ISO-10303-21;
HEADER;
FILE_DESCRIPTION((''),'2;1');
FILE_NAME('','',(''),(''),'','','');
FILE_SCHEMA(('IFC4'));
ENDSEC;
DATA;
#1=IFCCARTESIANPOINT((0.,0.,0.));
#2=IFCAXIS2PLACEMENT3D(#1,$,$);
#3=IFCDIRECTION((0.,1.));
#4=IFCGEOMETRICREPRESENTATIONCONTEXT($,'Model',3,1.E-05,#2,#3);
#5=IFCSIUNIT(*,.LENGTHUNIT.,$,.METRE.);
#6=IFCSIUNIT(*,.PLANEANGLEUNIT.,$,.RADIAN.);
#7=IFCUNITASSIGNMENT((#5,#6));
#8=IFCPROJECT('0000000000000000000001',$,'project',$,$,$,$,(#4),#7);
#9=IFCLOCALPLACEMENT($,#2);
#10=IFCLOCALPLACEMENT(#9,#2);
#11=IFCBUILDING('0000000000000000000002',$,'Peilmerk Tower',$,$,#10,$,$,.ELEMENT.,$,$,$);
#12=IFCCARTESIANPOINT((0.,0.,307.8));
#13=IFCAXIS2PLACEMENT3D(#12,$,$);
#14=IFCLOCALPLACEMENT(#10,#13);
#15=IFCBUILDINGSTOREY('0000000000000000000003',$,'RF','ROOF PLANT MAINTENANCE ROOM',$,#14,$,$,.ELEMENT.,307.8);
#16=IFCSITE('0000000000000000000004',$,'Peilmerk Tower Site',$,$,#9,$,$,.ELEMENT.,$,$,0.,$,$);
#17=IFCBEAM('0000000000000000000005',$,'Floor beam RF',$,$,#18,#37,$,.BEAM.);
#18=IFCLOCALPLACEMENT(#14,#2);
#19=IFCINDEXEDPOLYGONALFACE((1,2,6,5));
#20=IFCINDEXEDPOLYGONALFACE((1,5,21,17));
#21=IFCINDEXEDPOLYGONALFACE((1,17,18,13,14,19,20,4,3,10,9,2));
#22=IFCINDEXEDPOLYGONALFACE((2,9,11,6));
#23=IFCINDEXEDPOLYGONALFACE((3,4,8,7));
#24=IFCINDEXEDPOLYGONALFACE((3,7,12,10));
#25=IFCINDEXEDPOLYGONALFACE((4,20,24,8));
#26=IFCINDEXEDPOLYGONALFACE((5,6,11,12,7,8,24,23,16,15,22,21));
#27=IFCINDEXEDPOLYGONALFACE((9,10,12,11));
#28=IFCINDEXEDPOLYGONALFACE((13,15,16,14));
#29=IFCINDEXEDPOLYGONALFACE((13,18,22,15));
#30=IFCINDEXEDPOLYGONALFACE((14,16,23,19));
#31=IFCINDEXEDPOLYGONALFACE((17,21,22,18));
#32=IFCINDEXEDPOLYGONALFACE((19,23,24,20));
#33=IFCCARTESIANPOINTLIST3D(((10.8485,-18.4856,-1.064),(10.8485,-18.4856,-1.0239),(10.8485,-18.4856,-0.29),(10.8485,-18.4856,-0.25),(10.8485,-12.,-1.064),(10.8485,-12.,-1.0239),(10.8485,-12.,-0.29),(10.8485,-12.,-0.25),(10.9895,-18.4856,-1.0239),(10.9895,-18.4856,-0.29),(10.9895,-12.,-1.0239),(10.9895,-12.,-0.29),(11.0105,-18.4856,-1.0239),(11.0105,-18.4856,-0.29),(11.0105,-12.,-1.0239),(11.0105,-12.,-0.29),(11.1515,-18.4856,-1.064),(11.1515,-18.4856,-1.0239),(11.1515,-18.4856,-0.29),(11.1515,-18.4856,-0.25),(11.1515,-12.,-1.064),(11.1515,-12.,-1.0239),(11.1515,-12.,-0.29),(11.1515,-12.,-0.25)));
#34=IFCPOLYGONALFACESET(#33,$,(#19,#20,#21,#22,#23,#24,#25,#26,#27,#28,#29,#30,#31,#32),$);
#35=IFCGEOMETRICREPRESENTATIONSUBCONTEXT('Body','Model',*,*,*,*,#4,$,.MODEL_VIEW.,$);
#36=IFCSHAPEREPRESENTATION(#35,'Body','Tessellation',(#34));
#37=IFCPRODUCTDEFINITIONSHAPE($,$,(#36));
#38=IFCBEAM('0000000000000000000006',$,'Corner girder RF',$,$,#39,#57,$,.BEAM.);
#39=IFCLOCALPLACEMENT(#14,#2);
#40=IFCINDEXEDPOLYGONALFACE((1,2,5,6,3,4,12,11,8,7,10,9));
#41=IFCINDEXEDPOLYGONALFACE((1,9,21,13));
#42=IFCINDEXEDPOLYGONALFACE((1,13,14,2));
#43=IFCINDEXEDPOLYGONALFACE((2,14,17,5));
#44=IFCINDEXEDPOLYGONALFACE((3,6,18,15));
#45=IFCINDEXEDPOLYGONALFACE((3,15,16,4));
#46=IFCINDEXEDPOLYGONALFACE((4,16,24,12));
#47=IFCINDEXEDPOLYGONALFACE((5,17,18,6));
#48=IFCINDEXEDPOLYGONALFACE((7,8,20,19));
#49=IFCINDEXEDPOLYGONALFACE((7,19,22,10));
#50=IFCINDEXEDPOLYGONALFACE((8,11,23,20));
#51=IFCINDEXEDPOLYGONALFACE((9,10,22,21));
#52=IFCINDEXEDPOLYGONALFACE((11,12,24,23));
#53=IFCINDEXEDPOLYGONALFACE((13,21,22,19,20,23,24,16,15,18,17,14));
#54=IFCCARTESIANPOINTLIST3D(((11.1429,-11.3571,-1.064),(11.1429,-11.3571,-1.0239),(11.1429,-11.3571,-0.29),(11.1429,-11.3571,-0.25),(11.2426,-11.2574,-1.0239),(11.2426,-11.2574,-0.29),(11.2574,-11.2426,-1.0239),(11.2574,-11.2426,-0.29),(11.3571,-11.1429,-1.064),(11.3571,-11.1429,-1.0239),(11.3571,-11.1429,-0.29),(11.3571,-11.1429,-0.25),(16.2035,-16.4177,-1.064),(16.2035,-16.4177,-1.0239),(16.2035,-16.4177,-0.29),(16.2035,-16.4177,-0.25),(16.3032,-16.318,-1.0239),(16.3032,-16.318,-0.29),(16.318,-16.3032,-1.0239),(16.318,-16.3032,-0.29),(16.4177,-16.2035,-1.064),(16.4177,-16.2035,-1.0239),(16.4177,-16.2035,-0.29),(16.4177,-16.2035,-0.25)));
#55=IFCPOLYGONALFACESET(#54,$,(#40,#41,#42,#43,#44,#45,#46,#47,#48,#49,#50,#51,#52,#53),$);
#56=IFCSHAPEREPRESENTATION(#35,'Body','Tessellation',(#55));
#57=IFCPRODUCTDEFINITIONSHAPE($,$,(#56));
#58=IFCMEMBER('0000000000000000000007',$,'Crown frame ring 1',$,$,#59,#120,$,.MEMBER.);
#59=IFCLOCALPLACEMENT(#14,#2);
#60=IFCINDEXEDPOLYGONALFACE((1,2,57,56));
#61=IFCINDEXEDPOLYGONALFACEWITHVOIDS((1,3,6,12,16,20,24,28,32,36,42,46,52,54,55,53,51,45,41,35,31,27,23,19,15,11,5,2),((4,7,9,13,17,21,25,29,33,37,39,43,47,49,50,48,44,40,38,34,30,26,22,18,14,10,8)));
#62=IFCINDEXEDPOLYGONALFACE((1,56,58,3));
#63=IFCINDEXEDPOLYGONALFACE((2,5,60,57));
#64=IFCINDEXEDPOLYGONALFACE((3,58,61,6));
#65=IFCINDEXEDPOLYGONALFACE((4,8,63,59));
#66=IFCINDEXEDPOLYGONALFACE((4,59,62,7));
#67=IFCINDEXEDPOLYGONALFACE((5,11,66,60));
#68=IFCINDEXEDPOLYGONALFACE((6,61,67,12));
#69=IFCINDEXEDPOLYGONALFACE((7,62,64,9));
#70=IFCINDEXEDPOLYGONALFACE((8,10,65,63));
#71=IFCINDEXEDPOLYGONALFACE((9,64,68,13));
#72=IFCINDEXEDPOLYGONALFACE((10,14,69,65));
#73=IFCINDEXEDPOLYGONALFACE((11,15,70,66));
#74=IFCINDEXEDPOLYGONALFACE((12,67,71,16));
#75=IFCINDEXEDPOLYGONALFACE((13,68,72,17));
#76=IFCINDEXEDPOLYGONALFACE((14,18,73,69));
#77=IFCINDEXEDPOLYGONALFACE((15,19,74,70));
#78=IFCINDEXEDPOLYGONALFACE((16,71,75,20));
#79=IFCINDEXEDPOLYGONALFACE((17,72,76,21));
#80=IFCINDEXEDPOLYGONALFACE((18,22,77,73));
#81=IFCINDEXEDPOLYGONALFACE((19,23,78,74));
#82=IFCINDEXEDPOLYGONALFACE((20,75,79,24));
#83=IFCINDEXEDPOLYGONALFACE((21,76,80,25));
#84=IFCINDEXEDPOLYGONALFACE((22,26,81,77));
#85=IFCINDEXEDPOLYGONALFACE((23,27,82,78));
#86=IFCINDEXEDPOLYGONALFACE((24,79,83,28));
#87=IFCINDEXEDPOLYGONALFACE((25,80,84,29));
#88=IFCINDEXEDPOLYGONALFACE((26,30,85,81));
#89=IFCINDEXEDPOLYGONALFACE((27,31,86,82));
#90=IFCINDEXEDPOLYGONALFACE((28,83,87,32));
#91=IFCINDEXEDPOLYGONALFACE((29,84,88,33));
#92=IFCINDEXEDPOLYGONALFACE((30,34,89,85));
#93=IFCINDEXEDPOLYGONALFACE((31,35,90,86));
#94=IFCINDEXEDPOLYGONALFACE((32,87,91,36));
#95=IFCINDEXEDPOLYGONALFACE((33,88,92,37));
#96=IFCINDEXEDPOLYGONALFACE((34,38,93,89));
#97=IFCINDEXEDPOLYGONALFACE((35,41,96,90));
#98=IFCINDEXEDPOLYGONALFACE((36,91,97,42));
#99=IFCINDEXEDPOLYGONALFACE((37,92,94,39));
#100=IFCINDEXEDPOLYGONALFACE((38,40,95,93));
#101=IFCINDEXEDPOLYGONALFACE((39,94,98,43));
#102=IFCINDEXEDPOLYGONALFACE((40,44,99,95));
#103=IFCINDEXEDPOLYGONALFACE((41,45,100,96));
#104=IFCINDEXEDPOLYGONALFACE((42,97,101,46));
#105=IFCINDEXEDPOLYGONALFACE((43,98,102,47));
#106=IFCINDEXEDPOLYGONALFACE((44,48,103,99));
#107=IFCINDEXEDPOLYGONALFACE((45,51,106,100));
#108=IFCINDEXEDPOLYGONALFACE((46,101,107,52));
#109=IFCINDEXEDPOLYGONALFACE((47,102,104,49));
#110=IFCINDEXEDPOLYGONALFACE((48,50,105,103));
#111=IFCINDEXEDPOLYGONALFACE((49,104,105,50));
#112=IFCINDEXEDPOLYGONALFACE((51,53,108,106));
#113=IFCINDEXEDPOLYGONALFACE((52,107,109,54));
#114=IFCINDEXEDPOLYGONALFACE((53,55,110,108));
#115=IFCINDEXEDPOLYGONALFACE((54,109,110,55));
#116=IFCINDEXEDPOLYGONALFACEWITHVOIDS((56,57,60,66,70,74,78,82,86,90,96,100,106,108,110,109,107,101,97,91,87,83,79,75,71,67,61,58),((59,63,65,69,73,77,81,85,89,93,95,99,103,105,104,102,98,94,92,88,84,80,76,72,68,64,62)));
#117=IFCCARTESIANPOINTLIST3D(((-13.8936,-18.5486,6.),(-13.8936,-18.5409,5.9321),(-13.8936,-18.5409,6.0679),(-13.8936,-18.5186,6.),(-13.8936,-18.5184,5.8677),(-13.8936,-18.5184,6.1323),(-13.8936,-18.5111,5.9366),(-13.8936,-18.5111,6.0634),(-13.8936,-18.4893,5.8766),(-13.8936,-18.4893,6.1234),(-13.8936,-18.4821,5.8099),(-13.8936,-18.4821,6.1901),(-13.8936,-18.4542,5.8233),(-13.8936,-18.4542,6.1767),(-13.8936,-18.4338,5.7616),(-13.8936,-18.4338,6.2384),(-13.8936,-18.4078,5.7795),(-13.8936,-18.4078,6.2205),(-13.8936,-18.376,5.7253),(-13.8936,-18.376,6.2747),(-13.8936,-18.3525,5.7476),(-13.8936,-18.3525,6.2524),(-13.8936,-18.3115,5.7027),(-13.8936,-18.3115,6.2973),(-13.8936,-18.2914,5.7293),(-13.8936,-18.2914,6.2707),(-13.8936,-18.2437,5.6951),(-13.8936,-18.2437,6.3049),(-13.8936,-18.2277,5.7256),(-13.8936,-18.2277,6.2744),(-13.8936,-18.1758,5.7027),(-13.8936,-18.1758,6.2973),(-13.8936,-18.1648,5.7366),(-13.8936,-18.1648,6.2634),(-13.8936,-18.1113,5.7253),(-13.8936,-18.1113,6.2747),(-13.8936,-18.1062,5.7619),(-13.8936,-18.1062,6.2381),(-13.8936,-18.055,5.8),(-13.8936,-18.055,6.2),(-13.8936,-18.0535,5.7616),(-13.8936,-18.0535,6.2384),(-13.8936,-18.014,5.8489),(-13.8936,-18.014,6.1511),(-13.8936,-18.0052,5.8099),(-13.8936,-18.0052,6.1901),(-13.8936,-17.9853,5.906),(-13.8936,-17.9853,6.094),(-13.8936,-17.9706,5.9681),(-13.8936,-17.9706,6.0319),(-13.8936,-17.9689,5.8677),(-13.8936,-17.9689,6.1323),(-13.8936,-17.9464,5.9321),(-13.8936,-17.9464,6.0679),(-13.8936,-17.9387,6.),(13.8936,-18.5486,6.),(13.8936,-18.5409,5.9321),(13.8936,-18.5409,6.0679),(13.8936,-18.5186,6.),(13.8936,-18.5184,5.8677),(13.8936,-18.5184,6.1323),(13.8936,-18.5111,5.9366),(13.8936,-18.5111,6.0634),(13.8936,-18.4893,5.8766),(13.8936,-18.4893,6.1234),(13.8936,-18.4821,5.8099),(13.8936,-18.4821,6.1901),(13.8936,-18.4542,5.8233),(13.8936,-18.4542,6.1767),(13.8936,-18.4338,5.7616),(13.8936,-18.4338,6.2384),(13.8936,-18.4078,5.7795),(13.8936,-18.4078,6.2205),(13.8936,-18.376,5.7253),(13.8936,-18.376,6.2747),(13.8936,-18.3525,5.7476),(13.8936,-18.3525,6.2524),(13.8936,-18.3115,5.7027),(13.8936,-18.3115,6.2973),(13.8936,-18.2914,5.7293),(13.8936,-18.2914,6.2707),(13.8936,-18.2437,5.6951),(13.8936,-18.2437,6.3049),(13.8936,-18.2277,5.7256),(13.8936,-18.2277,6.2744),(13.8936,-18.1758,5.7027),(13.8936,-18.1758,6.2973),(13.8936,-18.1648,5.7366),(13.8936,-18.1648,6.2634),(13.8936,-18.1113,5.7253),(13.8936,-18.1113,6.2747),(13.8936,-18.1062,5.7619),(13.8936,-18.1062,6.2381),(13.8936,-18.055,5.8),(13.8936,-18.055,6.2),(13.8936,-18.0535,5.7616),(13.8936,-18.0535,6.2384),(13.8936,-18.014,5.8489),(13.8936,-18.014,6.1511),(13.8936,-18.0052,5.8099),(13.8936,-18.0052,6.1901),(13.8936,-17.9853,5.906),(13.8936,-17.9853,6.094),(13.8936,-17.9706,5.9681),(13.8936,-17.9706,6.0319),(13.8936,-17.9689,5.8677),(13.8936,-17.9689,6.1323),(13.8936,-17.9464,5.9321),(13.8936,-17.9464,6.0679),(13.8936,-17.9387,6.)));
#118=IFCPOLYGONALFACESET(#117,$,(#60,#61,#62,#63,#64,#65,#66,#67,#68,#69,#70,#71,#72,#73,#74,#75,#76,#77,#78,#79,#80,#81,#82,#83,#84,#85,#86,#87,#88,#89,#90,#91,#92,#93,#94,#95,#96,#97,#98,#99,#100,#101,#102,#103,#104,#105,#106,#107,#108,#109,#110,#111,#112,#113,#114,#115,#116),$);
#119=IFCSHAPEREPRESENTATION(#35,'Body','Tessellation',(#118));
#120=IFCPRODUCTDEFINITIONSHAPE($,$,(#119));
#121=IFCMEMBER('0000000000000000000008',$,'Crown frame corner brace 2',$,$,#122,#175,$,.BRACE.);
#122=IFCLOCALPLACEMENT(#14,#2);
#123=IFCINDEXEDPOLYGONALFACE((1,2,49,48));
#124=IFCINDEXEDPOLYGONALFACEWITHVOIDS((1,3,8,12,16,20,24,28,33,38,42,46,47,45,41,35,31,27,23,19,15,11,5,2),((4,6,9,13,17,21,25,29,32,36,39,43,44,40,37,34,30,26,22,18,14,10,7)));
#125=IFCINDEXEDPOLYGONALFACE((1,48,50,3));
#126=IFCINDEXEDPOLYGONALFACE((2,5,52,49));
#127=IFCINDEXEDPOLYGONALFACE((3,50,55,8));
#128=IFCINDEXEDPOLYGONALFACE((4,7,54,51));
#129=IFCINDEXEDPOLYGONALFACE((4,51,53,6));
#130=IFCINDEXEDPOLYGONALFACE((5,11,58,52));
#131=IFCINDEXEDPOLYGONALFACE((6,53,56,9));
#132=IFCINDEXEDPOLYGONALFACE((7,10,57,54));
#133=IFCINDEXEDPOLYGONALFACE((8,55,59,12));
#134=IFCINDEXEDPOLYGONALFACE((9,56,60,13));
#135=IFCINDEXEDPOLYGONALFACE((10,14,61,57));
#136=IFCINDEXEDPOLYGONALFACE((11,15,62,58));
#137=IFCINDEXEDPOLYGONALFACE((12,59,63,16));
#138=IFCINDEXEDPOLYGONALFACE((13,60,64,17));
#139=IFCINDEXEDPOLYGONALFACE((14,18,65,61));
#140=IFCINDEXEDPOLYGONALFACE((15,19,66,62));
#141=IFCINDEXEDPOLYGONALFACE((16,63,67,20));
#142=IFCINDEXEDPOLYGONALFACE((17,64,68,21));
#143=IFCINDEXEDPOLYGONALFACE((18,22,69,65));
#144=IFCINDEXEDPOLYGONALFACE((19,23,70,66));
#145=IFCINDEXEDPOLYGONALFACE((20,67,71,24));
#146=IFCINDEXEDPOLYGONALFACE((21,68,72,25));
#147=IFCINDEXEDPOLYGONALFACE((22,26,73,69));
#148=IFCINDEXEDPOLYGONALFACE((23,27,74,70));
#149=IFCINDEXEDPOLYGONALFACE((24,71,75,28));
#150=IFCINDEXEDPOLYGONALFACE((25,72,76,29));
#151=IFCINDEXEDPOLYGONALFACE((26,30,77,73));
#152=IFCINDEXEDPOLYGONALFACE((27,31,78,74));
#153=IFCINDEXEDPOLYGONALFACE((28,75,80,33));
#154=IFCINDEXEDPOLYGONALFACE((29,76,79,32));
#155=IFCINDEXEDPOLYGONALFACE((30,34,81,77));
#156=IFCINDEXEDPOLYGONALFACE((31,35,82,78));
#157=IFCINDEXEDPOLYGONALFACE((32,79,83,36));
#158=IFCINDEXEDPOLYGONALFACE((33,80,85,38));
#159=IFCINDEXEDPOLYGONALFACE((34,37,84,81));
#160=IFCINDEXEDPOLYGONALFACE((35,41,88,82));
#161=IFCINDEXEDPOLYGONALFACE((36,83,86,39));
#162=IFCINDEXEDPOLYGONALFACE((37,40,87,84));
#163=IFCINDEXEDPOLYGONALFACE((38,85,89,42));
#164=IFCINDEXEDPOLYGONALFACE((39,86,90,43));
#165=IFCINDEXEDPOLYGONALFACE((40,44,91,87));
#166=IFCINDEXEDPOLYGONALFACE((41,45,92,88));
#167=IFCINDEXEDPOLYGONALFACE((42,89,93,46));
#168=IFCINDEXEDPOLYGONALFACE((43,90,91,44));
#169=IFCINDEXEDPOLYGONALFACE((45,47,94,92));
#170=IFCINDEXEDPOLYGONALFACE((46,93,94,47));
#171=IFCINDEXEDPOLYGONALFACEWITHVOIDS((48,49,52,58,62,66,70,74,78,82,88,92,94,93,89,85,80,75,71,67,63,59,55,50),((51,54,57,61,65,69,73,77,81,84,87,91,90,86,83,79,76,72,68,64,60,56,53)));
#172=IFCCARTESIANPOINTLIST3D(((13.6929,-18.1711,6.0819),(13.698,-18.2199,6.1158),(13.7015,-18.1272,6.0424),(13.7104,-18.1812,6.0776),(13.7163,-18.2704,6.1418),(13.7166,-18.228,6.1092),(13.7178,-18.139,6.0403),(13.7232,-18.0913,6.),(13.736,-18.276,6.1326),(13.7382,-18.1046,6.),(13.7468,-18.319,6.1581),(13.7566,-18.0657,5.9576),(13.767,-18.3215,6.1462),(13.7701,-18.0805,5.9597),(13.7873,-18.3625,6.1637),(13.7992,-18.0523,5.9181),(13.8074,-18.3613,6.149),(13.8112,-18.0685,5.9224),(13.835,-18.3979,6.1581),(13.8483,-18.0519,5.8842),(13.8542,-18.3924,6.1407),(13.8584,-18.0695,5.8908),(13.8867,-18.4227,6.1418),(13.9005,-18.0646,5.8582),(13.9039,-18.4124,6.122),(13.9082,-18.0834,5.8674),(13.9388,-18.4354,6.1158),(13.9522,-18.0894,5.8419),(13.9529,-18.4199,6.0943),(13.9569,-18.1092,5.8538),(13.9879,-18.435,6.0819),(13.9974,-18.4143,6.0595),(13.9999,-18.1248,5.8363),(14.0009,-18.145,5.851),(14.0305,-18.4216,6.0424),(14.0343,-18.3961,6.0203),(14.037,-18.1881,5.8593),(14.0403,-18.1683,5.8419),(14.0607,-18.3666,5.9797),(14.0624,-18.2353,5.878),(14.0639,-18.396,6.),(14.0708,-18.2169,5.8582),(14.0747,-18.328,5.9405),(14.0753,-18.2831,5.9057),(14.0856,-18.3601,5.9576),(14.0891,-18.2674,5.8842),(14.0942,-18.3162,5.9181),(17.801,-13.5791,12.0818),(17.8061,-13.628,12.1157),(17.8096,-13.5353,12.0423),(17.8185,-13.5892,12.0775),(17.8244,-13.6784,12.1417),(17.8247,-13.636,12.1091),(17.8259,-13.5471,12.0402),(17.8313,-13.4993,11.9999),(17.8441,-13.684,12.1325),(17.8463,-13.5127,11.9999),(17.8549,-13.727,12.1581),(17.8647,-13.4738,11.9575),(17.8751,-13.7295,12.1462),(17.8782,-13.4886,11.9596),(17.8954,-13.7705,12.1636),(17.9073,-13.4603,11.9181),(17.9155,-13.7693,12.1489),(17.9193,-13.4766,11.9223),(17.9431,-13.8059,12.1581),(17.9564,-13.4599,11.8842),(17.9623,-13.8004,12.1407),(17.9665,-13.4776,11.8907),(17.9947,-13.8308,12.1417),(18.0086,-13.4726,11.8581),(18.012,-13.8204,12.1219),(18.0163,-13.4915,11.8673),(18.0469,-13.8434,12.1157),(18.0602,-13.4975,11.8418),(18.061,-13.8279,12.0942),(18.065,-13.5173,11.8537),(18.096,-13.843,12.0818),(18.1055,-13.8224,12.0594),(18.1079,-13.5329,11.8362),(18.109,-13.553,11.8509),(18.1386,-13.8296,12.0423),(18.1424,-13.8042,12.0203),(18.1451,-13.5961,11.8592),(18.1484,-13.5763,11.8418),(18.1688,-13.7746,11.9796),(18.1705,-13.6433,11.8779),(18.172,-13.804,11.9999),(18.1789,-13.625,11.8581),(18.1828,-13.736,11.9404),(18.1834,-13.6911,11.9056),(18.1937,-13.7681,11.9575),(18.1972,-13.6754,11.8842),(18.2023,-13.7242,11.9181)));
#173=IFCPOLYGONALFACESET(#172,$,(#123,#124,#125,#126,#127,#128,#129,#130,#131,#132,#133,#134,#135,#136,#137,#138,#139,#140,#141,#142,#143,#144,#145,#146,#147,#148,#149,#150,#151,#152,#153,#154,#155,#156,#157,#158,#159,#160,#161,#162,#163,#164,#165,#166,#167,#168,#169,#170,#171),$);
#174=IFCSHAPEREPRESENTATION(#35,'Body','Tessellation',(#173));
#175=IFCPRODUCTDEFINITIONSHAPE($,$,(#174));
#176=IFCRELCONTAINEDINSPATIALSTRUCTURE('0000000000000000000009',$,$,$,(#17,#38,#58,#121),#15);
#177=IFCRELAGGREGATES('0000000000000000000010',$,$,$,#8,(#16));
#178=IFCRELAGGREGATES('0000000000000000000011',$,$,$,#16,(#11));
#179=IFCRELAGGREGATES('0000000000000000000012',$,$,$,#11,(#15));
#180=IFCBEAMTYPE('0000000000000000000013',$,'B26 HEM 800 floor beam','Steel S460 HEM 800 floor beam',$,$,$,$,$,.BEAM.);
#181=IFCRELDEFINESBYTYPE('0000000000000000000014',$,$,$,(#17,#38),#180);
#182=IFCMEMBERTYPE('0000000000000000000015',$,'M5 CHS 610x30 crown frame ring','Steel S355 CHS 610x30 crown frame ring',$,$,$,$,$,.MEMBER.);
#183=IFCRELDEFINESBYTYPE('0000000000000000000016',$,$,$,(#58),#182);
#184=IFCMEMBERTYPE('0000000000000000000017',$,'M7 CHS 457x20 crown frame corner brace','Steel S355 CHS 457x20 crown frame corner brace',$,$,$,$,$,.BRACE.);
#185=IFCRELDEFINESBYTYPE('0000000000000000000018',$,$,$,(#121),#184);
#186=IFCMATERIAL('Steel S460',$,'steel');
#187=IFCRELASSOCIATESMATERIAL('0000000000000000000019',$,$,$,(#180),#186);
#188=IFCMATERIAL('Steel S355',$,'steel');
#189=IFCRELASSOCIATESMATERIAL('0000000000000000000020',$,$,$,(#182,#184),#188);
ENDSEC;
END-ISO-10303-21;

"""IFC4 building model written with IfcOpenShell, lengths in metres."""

from ifc_helpers import new_model, si_unit, direction, frame, origin, origin_2d, place, context, subcontext, project, spatial, hollow_circle, i_section, extrude, material, material_profile, profile_set, type_object, element, save


model = new_model("IFC4")

# Units and contexts
model_context = context("Model", 3, precision=1e-05, world=origin(), true_north=direction((0.0, 1.0)))
body_context = subcontext(model_context, "Body", "Model", "MODEL_VIEW")
ifc_project = project(units=[si_unit("LENGTHUNIT", "METRE"), si_unit("PLANEANGLEUNIT", "RADIAN")], contexts=[model_context])

# Site, building, storey
site_placement = place(None, origin())
site = spatial("IfcSite", under=ifc_project, at=site_placement, Name="Peilmerk Tower Site", CompositionType="ELEMENT", RefElevation=0.0)
building_placement = place(site_placement, origin())
building = spatial("IfcBuilding", under=site, at=building_placement, Name="Peilmerk Tower", CompositionType="ELEMENT")
storey_placement = place(building_placement, frame((0.0, 0.0, 307.8)))
storey = spatial("IfcBuildingStorey", under=building, at=storey_placement, Name="RF", Description="ROOF PLANT MAINTENANCE ROOM", CompositionType="ELEMENT", Elevation=307.8)

# Shared definitions
ifc_material_1 = material(Name="Steel S355", Category="steel")

# Beams
ifc_material_2 = material(Name="Steel S460", Category="steel")
ifc_material_profile_1 = material_profile(ifc_material_2, i_section(OverallWidth=0.303, OverallDepth=0.814, WebThickness=0.021, FlangeThickness=0.04, at=origin_2d()), Name="HEM 800")
ifc_profile_set_1 = profile_set([ifc_material_profile_1], Name="Steel S460")
beam_type_1 = type_object("IfcBeamType", Name="B26 HEM 800 floor beam", Description="Steel S460 HEM 800 floor beam", PredefinedType="BEAM", material=ifc_profile_set_1)
for number, where, z_axis, x_axis, name in (
    (1, (11.0, -12.0, -0.657), (0.0, -1.0, 0.0), (1.0, 0.0, 0.0), "Floor beam RF"),
):
    element("IfcBeam", number, at=place(storey_placement, frame(where, z_axis=z_axis, x_axis=x_axis)), inside=storey, type_object=beam_type_1, Name=name, PredefinedType="BEAM", context=body_context, shape_type="SweptSolid", body=[
        extrude(i_section(OverallWidth=0.303, OverallDepth=0.814, WebThickness=0.021, FlangeThickness=0.04, at=origin_2d()), origin(), (0.0, 0.0, 1.0), 6.4856),
    ])
beam_1_placement = place(storey_placement, frame((11.25, -11.25, -0.657), z_axis=(0.707107, -0.707107, 0.0), x_axis=(0.707107, 0.707107, 0.0)))
element("IfcBeam", 2, at=beam_1_placement, inside=storey, type_object=beam_type_1, Name="Corner girder RF", PredefinedType="BEAM", context=body_context, shape_type="SweptSolid", body=[
    extrude(i_section(OverallWidth=0.303, OverallDepth=0.814, WebThickness=0.021, FlangeThickness=0.04, at=origin_2d()), origin(), (0.0, 0.0, 1.0), 7.1567),
])

# Members
ifc_material_profile_2 = material_profile(ifc_material_1, hollow_circle(Radius=0.3049, WallThickness=0.03, at=origin_2d()), Name="CHS 610x30")
ifc_profile_set_2 = profile_set([ifc_material_profile_2], Name="Steel S355")
member_type_1 = type_object("IfcMemberType", Name="M5 CHS 610x30 crown frame ring", Description="Steel S355 CHS 610x30 crown frame ring", PredefinedType="MEMBER", material=ifc_profile_set_2)
member_1_placement = place(storey_placement, frame((13.8936, -18.2437, 6.0), z_axis=(-1.0, 0.0, 0.0), x_axis=(0.0, -1.0, 0.0)))
element("IfcMember", 3, at=member_1_placement, inside=storey, type_object=member_type_1, Name="Crown frame ring 1", PredefinedType="MEMBER", context=body_context, shape_type="SweptSolid", body=[
    extrude(hollow_circle(Radius=0.3049, WallThickness=0.03, at=origin_2d()), origin(), (0.0, 0.0, 1.0), 27.7871),
])
ifc_material_profile_3 = material_profile(ifc_material_1, hollow_circle(Radius=0.2285, WallThickness=0.02, at=origin_2d()), Name="CHS 457x20")
ifc_profile_set_3 = profile_set([ifc_material_profile_3], Name="Steel S355")
member_type_2 = type_object("IfcMemberType", Name="M7 CHS 457x20 crown frame corner brace", Description="Steel S355 CHS 457x20 crown frame corner brace", PredefinedType="BRACE", material=ifc_profile_set_3)
member_2_placement = place(storey_placement, frame((13.8936, -18.2437, 6.0), z_axis=(0.47768, 0.533945, 0.697657), x_axis=(-0.745283, 0.666749, 0.0)))
element("IfcMember", 4, at=member_2_placement, inside=storey, type_object=member_type_2, Name="Crown frame corner brace 2", PredefinedType="BRACE", context=body_context, shape_type="SweptSolid", body=[
    extrude(hollow_circle(Radius=0.2285, WallThickness=0.02, at=origin_2d()), origin(), (0.0, 0.0, 1.0), 8.6001),
])

save(model, "model.ifc")
